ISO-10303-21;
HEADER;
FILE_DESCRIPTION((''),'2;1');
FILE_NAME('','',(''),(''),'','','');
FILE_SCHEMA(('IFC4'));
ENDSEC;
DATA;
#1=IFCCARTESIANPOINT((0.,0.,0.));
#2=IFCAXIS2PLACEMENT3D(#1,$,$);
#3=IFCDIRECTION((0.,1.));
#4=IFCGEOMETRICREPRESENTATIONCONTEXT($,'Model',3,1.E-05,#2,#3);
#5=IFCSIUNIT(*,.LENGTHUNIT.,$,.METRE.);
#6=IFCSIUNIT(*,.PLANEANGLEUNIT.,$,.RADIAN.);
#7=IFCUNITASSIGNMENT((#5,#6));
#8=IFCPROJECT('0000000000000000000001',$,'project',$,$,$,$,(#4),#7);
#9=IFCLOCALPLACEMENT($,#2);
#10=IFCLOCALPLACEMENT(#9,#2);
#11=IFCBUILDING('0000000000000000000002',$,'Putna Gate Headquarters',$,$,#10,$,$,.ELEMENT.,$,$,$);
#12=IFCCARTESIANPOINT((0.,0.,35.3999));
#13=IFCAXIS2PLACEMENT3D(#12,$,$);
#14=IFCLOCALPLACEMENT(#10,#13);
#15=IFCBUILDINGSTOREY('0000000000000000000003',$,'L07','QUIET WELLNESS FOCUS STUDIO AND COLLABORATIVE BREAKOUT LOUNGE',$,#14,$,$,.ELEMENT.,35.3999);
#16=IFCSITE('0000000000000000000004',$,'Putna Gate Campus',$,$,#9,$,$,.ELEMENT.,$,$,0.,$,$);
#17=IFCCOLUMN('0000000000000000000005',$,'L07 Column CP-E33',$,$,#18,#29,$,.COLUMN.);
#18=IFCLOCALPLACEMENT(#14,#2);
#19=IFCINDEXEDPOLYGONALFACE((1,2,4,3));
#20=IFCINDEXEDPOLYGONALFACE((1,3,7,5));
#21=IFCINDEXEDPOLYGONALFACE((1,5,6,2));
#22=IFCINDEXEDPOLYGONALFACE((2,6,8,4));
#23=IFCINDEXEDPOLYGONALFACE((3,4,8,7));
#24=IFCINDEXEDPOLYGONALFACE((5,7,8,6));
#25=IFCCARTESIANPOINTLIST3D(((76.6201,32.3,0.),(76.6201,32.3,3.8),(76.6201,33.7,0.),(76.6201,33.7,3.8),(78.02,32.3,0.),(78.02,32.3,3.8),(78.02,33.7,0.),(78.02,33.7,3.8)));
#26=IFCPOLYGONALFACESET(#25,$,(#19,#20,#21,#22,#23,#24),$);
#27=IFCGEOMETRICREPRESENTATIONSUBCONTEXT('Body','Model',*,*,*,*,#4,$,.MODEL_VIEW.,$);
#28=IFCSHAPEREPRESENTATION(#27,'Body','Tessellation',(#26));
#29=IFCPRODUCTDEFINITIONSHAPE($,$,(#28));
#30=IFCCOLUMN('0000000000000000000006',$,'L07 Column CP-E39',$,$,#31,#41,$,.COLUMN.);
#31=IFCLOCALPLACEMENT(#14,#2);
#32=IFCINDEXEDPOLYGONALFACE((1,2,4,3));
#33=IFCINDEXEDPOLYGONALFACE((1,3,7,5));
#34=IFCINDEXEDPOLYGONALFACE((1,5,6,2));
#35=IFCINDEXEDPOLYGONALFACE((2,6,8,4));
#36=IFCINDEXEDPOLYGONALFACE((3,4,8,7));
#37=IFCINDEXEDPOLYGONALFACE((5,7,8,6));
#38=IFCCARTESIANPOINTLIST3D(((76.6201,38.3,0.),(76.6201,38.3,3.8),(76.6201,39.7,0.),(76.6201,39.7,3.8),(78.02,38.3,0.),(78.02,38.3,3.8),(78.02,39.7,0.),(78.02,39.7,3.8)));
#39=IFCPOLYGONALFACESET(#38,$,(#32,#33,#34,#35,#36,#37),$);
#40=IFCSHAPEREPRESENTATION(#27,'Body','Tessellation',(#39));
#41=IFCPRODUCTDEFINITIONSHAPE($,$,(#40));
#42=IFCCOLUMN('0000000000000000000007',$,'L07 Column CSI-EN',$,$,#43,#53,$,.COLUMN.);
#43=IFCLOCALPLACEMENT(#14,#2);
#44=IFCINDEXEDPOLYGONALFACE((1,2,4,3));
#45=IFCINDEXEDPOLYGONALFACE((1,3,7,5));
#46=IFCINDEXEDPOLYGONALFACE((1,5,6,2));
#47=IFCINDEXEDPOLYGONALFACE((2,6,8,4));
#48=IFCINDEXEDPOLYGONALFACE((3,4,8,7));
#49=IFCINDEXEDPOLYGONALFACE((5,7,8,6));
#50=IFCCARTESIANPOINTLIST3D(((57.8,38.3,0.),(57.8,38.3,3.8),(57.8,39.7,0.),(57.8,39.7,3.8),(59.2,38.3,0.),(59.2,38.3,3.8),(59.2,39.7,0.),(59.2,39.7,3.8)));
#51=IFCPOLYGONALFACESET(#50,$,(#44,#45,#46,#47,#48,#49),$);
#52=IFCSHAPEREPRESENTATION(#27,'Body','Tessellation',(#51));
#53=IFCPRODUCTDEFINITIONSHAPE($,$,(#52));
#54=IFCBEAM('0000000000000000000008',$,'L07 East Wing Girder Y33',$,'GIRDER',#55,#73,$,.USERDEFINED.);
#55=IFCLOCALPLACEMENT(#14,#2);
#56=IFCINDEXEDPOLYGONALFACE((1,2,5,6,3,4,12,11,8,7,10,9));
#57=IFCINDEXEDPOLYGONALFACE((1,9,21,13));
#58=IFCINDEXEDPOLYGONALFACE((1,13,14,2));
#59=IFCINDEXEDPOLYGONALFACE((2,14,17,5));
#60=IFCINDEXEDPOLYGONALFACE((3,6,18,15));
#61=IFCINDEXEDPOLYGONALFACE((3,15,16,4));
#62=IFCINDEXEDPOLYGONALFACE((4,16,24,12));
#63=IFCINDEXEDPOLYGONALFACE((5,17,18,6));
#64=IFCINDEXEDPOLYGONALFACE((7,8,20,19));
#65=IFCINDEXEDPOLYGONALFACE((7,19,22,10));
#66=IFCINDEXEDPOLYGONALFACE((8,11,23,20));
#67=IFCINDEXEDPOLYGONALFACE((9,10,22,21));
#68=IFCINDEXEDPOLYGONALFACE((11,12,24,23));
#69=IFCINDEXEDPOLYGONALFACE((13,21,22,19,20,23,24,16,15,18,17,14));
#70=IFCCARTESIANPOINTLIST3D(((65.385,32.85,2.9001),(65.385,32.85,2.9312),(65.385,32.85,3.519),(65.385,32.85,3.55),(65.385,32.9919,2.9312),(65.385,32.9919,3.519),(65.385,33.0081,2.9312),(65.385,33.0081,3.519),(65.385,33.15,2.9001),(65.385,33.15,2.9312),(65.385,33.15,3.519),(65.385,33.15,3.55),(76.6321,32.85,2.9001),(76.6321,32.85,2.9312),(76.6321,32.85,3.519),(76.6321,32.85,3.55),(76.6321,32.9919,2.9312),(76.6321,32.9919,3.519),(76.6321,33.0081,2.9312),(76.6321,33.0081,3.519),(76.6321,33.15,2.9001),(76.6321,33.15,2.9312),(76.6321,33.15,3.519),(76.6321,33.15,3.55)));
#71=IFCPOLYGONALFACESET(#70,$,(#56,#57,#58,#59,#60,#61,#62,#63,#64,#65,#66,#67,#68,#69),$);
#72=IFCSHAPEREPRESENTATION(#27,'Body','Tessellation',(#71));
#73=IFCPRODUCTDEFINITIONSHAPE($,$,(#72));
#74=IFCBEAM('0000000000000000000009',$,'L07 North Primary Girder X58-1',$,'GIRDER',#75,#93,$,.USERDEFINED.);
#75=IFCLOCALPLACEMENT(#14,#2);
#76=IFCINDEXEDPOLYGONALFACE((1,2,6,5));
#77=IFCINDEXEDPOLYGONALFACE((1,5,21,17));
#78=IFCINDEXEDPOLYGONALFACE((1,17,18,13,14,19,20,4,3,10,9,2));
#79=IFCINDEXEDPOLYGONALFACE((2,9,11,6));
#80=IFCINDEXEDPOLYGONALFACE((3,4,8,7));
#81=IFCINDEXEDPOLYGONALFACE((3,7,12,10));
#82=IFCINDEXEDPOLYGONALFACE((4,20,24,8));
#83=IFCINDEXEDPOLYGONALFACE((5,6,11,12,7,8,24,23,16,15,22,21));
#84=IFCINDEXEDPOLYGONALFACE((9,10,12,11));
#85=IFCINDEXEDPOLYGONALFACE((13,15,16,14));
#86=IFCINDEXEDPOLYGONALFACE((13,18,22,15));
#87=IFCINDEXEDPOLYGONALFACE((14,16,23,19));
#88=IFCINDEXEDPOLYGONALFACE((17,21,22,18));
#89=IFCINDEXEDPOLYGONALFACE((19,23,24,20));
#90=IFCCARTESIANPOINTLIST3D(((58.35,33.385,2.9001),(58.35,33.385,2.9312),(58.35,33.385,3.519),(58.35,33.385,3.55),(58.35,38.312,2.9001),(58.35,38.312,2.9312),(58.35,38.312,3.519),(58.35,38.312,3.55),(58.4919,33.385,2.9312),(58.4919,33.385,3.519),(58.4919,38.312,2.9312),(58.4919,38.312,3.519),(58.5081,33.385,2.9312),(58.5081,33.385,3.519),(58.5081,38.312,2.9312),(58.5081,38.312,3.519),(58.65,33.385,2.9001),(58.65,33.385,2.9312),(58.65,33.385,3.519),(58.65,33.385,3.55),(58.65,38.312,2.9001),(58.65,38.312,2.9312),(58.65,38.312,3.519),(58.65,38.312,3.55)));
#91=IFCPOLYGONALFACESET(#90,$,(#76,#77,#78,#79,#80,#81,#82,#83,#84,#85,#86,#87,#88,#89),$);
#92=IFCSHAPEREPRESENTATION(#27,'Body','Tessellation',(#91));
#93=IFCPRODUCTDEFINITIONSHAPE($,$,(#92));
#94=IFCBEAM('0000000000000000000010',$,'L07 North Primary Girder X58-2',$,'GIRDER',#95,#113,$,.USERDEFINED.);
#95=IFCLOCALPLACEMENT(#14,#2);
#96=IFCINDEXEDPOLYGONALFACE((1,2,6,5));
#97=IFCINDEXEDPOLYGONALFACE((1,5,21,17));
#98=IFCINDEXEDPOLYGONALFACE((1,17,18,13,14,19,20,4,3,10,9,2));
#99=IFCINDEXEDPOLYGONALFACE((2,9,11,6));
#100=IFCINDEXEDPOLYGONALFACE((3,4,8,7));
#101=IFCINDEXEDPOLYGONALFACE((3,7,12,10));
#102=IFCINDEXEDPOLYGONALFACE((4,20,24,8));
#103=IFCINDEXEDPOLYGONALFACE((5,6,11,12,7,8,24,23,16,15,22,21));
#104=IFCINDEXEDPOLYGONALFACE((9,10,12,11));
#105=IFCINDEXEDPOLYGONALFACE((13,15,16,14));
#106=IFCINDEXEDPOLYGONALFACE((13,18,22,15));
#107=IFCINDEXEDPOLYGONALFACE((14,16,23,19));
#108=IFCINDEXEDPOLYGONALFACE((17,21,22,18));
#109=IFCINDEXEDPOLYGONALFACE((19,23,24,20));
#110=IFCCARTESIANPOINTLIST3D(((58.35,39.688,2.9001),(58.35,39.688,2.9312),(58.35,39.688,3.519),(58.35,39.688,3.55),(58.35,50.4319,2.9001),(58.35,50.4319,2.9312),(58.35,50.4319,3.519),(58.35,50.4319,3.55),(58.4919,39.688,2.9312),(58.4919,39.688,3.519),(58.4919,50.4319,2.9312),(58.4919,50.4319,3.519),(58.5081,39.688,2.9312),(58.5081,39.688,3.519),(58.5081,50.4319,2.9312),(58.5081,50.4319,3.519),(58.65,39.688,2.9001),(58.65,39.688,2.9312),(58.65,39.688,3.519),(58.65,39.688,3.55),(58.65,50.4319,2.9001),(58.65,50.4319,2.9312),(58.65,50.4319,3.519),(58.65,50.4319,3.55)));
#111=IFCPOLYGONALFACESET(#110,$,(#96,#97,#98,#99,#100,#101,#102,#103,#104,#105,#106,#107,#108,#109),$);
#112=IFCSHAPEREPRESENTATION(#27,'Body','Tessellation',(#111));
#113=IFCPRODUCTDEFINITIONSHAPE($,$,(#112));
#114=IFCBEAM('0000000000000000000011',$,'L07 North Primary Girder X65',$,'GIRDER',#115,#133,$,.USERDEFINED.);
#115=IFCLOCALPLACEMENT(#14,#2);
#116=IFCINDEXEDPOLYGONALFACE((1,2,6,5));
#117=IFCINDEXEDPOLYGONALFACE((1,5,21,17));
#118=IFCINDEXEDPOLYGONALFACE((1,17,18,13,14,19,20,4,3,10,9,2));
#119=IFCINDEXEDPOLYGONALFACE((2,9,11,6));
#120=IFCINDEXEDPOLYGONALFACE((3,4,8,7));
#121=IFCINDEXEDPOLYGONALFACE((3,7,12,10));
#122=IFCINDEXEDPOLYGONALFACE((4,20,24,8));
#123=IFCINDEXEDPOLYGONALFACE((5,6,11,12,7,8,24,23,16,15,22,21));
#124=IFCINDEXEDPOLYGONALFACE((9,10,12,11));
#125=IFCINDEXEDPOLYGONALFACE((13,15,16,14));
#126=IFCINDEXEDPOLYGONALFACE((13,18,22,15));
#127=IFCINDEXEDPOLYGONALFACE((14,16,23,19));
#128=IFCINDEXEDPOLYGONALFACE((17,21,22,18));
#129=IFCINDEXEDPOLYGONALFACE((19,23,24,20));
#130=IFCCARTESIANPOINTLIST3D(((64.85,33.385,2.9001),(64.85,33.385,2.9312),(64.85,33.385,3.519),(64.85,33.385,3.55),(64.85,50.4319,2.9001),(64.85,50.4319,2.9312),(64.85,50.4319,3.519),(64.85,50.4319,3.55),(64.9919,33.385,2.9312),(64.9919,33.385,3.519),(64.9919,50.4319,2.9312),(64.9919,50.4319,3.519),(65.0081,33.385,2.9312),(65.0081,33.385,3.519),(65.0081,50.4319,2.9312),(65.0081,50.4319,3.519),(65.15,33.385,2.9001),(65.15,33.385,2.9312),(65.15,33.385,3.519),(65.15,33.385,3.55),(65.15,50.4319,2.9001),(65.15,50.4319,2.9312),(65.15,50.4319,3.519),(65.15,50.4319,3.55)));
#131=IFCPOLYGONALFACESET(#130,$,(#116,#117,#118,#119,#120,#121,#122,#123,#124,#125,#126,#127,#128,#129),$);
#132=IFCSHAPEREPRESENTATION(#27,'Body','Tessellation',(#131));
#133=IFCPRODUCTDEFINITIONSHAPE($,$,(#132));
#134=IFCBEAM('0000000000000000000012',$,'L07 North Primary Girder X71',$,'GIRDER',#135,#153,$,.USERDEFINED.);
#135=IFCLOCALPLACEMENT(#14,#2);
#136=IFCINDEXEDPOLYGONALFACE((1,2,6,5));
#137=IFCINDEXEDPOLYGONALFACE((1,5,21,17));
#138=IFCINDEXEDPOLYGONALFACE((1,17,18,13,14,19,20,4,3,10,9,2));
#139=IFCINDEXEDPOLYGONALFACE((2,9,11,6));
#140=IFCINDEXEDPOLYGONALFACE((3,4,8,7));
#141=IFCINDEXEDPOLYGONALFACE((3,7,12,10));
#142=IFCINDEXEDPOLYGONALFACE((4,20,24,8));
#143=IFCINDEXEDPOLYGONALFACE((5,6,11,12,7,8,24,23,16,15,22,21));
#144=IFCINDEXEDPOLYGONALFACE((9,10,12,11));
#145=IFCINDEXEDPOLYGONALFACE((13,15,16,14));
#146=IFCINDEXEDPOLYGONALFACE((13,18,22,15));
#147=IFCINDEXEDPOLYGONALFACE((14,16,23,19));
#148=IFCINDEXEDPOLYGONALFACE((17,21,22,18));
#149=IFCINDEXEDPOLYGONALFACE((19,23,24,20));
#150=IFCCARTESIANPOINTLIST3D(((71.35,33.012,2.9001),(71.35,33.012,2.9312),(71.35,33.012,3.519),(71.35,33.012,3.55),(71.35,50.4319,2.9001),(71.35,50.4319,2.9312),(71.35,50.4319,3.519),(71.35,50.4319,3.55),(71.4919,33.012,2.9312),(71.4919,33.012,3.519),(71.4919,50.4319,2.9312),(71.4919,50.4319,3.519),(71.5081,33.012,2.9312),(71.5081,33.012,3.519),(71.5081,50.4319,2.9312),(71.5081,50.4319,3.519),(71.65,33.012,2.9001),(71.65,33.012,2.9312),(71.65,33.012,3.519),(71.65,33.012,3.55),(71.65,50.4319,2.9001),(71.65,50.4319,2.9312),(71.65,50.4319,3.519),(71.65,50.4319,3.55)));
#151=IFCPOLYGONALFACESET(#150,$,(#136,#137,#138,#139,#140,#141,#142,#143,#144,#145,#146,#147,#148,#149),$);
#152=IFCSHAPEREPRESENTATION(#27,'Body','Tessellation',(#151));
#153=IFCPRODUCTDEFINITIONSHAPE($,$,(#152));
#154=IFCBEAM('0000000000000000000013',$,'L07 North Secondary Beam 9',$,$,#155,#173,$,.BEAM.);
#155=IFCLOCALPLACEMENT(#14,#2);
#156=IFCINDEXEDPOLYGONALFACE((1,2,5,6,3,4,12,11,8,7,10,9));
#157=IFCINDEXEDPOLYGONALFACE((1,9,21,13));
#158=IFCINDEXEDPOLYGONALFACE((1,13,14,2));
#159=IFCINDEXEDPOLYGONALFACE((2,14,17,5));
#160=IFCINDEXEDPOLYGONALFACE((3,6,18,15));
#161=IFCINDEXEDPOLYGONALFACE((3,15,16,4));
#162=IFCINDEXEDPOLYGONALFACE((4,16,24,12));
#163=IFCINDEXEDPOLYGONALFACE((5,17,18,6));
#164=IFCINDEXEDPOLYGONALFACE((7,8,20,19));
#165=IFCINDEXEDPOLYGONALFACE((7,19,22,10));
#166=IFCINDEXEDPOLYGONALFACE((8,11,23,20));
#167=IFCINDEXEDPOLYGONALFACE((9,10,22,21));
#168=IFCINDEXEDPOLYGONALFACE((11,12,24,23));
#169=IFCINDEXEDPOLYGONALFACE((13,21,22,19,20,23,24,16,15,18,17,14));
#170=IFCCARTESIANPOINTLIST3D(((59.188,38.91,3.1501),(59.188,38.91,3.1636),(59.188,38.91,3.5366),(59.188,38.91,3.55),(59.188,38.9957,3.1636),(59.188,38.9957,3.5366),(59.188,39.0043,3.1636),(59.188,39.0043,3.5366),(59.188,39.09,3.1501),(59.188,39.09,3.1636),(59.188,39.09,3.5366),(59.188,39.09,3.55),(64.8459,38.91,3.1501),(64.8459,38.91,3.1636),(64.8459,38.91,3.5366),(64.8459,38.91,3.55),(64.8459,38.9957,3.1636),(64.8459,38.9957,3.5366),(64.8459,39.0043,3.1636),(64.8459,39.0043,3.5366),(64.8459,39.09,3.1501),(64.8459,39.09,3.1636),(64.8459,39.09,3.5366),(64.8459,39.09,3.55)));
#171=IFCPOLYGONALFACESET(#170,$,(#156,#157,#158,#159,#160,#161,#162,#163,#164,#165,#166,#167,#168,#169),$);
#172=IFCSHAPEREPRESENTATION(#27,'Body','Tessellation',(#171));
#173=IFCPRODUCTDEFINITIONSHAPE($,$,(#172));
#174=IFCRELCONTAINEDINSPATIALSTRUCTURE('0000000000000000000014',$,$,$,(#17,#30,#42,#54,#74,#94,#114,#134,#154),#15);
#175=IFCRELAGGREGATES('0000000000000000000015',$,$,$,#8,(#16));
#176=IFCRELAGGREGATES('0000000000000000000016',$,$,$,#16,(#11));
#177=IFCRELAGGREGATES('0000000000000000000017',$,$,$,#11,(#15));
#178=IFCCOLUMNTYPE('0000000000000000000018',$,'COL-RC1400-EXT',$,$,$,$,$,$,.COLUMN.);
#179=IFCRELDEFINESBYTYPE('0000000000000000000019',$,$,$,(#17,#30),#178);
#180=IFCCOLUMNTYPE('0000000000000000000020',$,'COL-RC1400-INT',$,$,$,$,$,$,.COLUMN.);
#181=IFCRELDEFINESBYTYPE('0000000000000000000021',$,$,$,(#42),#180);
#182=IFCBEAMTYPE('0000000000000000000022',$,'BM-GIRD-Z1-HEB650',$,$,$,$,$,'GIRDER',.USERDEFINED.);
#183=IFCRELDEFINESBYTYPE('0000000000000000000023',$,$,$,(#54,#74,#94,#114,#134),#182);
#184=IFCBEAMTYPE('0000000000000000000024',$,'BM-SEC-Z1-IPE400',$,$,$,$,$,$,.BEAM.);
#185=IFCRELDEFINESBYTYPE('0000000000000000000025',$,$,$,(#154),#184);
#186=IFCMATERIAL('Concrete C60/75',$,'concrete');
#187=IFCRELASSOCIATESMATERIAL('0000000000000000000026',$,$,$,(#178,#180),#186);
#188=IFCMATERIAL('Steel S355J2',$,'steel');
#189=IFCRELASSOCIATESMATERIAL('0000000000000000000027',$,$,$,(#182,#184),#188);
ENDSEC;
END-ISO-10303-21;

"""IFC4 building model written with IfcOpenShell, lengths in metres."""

from ifc_helpers import new_model, si_unit, direction, frame, origin, origin_2d, place, context, subcontext, project, spatial, rectangle, i_section, extrude, material, material_profile, profile_set, type_object, element, save


model = new_model("IFC4")

# Units and contexts
model_context = context("Model", 3, precision=1e-05, world=origin(), true_north=direction((0.0, 1.0)))
body_context = subcontext(model_context, "Body", "Model", "MODEL_VIEW")
ifc_project = project(units=[si_unit("LENGTHUNIT", "METRE"), si_unit("PLANEANGLEUNIT", "RADIAN")], contexts=[model_context])

# Site, building, storey
site_placement = place(None, origin())
site = spatial("IfcSite", under=ifc_project, at=site_placement, Name="Putna Gate Campus", CompositionType="ELEMENT", RefElevation=0.0)
building_placement = place(site_placement, origin())
building = spatial("IfcBuilding", under=site, at=building_placement, Name="Putna Gate Headquarters", CompositionType="ELEMENT")
storey_placement = place(building_placement, frame((0.0, 0.0, 35.3999)))
storey = spatial("IfcBuildingStorey", under=building, at=storey_placement, Name="L07", Description="QUIET WELLNESS FOCUS STUDIO AND COLLABORATIVE BREAKOUT LOUNGE", CompositionType="ELEMENT", Elevation=35.3999)

# Columns
ifc_material_1 = material(Name="Concrete C60/75", Category="concrete")
ifc_material_profile_1 = material_profile(ifc_material_1, rectangle(XDim=1.3999, YDim=1.3999, at=origin_2d()), Name="Concrete C60/75")
ifc_profile_set_1 = profile_set([ifc_material_profile_1], Name="Concrete C60/75")
column_type_1 = type_object("IfcColumnType", Name="COL-RC1400-EXT", PredefinedType="COLUMN", material=ifc_profile_set_1)
for number, where, z_axis, x_axis, name in (
    (1, (77.3201, 33.0, 0.0), (0.0, 0.0, 1.0), (1.0, 0.0, 0.0), "L07 Column CP-E33"),
    (2, (77.3201, 39.0, 0.0), (0.0, 0.0, 1.0), (1.0, 0.0, 0.0), "L07 Column CP-E39"),
):
    element("IfcColumn", number, at=place(storey_placement, frame(where, z_axis=z_axis, x_axis=x_axis)), inside=storey, type_object=column_type_1, Name=name, PredefinedType="COLUMN", context=body_context, shape_type="SweptSolid", body=[
        extrude(rectangle(XDim=1.3999, YDim=1.3999, at=origin_2d()), origin(), (0.0, 0.0, 1.0), 3.8),
    ])
ifc_material_profile_2 = material_profile(ifc_material_1, rectangle(XDim=1.3999, YDim=1.3999, at=origin_2d()), Name="Concrete C60/75")
ifc_profile_set_2 = profile_set([ifc_material_profile_2], Name="Concrete C60/75")
column_type_2 = type_object("IfcColumnType", Name="COL-RC1400-INT", PredefinedType="COLUMN", material=ifc_profile_set_2)
column_placement = place(storey_placement, frame((58.5, 39.0, 0.0), z_axis=(0.0, 0.0, 1.0), x_axis=(1.0, 0.0, 0.0)))
element("IfcColumn", 3, at=column_placement, inside=storey, type_object=column_type_2, Name="L07 Column CSI-EN", PredefinedType="COLUMN", context=body_context, shape_type="SweptSolid", body=[
    extrude(rectangle(XDim=1.3999, YDim=1.3999, at=origin_2d()), origin(), (0.0, 0.0, 1.0), 3.8),
])

# Beams
ifc_material_2 = material(Name="Steel S355J2", Category="steel")
ifc_material_profile_3 = material_profile(ifc_material_2, i_section(OverallWidth=0.3, OverallDepth=0.6499, WebThickness=0.0161, FlangeThickness=0.031, at=origin_2d()), Name="Steel S355J2")
ifc_profile_set_3 = profile_set([ifc_material_profile_3], Name="Steel S355J2")
beam_type_1 = type_object("IfcBeamType", Name="BM-GIRD-Z1-HEB650", ElementType="GIRDER", PredefinedType="USERDEFINED", material=ifc_profile_set_3)
beam_1_placement = place(storey_placement, frame((65.385, 33.0, 3.2251), z_axis=(1.0, 0.0, 0.0), x_axis=(0.0, 1.0, 0.0)))
element("IfcBeam", 4, at=beam_1_placement, inside=storey, type_object=beam_type_1, Name="L07 East Wing Girder Y33", ObjectType="GIRDER", PredefinedType="USERDEFINED", context=body_context, shape_type="SweptSolid", body=[
    extrude(i_section(OverallWidth=0.3, OverallDepth=0.6499, WebThickness=0.0161, FlangeThickness=0.031, at=origin_2d()), origin(), (0.0, 0.0, 1.0), 11.2471),
])
beam_2_placement = place(storey_placement, frame((58.5, 33.385, 3.2251), z_axis=(0.0, 1.0, 0.0), x_axis=(-1.0, 0.0, 0.0)))
element("IfcBeam", 5, at=beam_2_placement, inside=storey, type_object=beam_type_1, Name="L07 North Primary Girder X58-1", ObjectType="GIRDER", PredefinedType="USERDEFINED", context=body_context, shape_type="SweptSolid", body=[
    extrude(i_section(OverallWidth=0.3, OverallDepth=0.6499, WebThickness=0.0161, FlangeThickness=0.031, at=origin_2d()), origin(), (0.0, 0.0, 1.0), 4.927),
])
beam_3_placement = place(storey_placement, frame((58.5, 39.688, 3.2251), z_axis=(0.0, 1.0, 0.0), x_axis=(-1.0, 0.0, 0.0)))
element("IfcBeam", 6, at=beam_3_placement, inside=storey, type_object=beam_type_1, Name="L07 North Primary Girder X58-2", ObjectType="GIRDER", PredefinedType="USERDEFINED", context=body_context, shape_type="SweptSolid", body=[
    extrude(i_section(OverallWidth=0.3, OverallDepth=0.6499, WebThickness=0.0161, FlangeThickness=0.031, at=origin_2d()), origin(), (0.0, 0.0, 1.0), 10.7439),
])
beam_4_placement = place(storey_placement, frame((65.0, 33.385, 3.2251), z_axis=(0.0, 1.0, 0.0), x_axis=(-1.0, 0.0, 0.0)))
element("IfcBeam", 7, at=beam_4_placement, inside=storey, type_object=beam_type_1, Name="L07 North Primary Girder X65", ObjectType="GIRDER", PredefinedType="USERDEFINED", context=body_context, shape_type="SweptSolid", body=[
    extrude(i_section(OverallWidth=0.3, OverallDepth=0.6499, WebThickness=0.0161, FlangeThickness=0.031, at=origin_2d()), origin(), (0.0, 0.0, 1.0), 17.0469),
])
beam_5_placement = place(storey_placement, frame((71.5, 33.012, 3.2251), z_axis=(0.0, 1.0, 0.0), x_axis=(-1.0, 0.0, 0.0)))
element("IfcBeam", 8, at=beam_5_placement, inside=storey, type_object=beam_type_1, Name="L07 North Primary Girder X71", ObjectType="GIRDER", PredefinedType="USERDEFINED", context=body_context, shape_type="SweptSolid", body=[
    extrude(i_section(OverallWidth=0.3, OverallDepth=0.6499, WebThickness=0.0161, FlangeThickness=0.031, at=origin_2d()), origin(), (0.0, 0.0, 1.0), 17.4199),
])
ifc_material_profile_4 = material_profile(ifc_material_2, i_section(OverallWidth=0.1799, OverallDepth=0.3999, WebThickness=0.0085, FlangeThickness=0.0134, at=origin_2d()), Name="Steel S355J2")
ifc_profile_set_4 = profile_set([ifc_material_profile_4], Name="Steel S355J2")
beam_type_2 = type_object("IfcBeamType", Name="BM-SEC-Z1-IPE400", PredefinedType="BEAM", material=ifc_profile_set_4)
beam_6_placement = place(storey_placement, frame((59.188, 39.0, 3.3501), z_axis=(1.0, 0.0, 0.0), x_axis=(0.0, 1.0, 0.0)))
element("IfcBeam", 9, at=beam_6_placement, inside=storey, type_object=beam_type_2, Name="L07 North Secondary Beam 9", PredefinedType="BEAM", context=body_context, shape_type="SweptSolid", body=[
    extrude(i_section(OverallWidth=0.1799, OverallDepth=0.3999, WebThickness=0.0085, FlangeThickness=0.0134, at=origin_2d()), origin(), (0.0, 0.0, 1.0), 5.658),
])

save(model, "model.ifc")
